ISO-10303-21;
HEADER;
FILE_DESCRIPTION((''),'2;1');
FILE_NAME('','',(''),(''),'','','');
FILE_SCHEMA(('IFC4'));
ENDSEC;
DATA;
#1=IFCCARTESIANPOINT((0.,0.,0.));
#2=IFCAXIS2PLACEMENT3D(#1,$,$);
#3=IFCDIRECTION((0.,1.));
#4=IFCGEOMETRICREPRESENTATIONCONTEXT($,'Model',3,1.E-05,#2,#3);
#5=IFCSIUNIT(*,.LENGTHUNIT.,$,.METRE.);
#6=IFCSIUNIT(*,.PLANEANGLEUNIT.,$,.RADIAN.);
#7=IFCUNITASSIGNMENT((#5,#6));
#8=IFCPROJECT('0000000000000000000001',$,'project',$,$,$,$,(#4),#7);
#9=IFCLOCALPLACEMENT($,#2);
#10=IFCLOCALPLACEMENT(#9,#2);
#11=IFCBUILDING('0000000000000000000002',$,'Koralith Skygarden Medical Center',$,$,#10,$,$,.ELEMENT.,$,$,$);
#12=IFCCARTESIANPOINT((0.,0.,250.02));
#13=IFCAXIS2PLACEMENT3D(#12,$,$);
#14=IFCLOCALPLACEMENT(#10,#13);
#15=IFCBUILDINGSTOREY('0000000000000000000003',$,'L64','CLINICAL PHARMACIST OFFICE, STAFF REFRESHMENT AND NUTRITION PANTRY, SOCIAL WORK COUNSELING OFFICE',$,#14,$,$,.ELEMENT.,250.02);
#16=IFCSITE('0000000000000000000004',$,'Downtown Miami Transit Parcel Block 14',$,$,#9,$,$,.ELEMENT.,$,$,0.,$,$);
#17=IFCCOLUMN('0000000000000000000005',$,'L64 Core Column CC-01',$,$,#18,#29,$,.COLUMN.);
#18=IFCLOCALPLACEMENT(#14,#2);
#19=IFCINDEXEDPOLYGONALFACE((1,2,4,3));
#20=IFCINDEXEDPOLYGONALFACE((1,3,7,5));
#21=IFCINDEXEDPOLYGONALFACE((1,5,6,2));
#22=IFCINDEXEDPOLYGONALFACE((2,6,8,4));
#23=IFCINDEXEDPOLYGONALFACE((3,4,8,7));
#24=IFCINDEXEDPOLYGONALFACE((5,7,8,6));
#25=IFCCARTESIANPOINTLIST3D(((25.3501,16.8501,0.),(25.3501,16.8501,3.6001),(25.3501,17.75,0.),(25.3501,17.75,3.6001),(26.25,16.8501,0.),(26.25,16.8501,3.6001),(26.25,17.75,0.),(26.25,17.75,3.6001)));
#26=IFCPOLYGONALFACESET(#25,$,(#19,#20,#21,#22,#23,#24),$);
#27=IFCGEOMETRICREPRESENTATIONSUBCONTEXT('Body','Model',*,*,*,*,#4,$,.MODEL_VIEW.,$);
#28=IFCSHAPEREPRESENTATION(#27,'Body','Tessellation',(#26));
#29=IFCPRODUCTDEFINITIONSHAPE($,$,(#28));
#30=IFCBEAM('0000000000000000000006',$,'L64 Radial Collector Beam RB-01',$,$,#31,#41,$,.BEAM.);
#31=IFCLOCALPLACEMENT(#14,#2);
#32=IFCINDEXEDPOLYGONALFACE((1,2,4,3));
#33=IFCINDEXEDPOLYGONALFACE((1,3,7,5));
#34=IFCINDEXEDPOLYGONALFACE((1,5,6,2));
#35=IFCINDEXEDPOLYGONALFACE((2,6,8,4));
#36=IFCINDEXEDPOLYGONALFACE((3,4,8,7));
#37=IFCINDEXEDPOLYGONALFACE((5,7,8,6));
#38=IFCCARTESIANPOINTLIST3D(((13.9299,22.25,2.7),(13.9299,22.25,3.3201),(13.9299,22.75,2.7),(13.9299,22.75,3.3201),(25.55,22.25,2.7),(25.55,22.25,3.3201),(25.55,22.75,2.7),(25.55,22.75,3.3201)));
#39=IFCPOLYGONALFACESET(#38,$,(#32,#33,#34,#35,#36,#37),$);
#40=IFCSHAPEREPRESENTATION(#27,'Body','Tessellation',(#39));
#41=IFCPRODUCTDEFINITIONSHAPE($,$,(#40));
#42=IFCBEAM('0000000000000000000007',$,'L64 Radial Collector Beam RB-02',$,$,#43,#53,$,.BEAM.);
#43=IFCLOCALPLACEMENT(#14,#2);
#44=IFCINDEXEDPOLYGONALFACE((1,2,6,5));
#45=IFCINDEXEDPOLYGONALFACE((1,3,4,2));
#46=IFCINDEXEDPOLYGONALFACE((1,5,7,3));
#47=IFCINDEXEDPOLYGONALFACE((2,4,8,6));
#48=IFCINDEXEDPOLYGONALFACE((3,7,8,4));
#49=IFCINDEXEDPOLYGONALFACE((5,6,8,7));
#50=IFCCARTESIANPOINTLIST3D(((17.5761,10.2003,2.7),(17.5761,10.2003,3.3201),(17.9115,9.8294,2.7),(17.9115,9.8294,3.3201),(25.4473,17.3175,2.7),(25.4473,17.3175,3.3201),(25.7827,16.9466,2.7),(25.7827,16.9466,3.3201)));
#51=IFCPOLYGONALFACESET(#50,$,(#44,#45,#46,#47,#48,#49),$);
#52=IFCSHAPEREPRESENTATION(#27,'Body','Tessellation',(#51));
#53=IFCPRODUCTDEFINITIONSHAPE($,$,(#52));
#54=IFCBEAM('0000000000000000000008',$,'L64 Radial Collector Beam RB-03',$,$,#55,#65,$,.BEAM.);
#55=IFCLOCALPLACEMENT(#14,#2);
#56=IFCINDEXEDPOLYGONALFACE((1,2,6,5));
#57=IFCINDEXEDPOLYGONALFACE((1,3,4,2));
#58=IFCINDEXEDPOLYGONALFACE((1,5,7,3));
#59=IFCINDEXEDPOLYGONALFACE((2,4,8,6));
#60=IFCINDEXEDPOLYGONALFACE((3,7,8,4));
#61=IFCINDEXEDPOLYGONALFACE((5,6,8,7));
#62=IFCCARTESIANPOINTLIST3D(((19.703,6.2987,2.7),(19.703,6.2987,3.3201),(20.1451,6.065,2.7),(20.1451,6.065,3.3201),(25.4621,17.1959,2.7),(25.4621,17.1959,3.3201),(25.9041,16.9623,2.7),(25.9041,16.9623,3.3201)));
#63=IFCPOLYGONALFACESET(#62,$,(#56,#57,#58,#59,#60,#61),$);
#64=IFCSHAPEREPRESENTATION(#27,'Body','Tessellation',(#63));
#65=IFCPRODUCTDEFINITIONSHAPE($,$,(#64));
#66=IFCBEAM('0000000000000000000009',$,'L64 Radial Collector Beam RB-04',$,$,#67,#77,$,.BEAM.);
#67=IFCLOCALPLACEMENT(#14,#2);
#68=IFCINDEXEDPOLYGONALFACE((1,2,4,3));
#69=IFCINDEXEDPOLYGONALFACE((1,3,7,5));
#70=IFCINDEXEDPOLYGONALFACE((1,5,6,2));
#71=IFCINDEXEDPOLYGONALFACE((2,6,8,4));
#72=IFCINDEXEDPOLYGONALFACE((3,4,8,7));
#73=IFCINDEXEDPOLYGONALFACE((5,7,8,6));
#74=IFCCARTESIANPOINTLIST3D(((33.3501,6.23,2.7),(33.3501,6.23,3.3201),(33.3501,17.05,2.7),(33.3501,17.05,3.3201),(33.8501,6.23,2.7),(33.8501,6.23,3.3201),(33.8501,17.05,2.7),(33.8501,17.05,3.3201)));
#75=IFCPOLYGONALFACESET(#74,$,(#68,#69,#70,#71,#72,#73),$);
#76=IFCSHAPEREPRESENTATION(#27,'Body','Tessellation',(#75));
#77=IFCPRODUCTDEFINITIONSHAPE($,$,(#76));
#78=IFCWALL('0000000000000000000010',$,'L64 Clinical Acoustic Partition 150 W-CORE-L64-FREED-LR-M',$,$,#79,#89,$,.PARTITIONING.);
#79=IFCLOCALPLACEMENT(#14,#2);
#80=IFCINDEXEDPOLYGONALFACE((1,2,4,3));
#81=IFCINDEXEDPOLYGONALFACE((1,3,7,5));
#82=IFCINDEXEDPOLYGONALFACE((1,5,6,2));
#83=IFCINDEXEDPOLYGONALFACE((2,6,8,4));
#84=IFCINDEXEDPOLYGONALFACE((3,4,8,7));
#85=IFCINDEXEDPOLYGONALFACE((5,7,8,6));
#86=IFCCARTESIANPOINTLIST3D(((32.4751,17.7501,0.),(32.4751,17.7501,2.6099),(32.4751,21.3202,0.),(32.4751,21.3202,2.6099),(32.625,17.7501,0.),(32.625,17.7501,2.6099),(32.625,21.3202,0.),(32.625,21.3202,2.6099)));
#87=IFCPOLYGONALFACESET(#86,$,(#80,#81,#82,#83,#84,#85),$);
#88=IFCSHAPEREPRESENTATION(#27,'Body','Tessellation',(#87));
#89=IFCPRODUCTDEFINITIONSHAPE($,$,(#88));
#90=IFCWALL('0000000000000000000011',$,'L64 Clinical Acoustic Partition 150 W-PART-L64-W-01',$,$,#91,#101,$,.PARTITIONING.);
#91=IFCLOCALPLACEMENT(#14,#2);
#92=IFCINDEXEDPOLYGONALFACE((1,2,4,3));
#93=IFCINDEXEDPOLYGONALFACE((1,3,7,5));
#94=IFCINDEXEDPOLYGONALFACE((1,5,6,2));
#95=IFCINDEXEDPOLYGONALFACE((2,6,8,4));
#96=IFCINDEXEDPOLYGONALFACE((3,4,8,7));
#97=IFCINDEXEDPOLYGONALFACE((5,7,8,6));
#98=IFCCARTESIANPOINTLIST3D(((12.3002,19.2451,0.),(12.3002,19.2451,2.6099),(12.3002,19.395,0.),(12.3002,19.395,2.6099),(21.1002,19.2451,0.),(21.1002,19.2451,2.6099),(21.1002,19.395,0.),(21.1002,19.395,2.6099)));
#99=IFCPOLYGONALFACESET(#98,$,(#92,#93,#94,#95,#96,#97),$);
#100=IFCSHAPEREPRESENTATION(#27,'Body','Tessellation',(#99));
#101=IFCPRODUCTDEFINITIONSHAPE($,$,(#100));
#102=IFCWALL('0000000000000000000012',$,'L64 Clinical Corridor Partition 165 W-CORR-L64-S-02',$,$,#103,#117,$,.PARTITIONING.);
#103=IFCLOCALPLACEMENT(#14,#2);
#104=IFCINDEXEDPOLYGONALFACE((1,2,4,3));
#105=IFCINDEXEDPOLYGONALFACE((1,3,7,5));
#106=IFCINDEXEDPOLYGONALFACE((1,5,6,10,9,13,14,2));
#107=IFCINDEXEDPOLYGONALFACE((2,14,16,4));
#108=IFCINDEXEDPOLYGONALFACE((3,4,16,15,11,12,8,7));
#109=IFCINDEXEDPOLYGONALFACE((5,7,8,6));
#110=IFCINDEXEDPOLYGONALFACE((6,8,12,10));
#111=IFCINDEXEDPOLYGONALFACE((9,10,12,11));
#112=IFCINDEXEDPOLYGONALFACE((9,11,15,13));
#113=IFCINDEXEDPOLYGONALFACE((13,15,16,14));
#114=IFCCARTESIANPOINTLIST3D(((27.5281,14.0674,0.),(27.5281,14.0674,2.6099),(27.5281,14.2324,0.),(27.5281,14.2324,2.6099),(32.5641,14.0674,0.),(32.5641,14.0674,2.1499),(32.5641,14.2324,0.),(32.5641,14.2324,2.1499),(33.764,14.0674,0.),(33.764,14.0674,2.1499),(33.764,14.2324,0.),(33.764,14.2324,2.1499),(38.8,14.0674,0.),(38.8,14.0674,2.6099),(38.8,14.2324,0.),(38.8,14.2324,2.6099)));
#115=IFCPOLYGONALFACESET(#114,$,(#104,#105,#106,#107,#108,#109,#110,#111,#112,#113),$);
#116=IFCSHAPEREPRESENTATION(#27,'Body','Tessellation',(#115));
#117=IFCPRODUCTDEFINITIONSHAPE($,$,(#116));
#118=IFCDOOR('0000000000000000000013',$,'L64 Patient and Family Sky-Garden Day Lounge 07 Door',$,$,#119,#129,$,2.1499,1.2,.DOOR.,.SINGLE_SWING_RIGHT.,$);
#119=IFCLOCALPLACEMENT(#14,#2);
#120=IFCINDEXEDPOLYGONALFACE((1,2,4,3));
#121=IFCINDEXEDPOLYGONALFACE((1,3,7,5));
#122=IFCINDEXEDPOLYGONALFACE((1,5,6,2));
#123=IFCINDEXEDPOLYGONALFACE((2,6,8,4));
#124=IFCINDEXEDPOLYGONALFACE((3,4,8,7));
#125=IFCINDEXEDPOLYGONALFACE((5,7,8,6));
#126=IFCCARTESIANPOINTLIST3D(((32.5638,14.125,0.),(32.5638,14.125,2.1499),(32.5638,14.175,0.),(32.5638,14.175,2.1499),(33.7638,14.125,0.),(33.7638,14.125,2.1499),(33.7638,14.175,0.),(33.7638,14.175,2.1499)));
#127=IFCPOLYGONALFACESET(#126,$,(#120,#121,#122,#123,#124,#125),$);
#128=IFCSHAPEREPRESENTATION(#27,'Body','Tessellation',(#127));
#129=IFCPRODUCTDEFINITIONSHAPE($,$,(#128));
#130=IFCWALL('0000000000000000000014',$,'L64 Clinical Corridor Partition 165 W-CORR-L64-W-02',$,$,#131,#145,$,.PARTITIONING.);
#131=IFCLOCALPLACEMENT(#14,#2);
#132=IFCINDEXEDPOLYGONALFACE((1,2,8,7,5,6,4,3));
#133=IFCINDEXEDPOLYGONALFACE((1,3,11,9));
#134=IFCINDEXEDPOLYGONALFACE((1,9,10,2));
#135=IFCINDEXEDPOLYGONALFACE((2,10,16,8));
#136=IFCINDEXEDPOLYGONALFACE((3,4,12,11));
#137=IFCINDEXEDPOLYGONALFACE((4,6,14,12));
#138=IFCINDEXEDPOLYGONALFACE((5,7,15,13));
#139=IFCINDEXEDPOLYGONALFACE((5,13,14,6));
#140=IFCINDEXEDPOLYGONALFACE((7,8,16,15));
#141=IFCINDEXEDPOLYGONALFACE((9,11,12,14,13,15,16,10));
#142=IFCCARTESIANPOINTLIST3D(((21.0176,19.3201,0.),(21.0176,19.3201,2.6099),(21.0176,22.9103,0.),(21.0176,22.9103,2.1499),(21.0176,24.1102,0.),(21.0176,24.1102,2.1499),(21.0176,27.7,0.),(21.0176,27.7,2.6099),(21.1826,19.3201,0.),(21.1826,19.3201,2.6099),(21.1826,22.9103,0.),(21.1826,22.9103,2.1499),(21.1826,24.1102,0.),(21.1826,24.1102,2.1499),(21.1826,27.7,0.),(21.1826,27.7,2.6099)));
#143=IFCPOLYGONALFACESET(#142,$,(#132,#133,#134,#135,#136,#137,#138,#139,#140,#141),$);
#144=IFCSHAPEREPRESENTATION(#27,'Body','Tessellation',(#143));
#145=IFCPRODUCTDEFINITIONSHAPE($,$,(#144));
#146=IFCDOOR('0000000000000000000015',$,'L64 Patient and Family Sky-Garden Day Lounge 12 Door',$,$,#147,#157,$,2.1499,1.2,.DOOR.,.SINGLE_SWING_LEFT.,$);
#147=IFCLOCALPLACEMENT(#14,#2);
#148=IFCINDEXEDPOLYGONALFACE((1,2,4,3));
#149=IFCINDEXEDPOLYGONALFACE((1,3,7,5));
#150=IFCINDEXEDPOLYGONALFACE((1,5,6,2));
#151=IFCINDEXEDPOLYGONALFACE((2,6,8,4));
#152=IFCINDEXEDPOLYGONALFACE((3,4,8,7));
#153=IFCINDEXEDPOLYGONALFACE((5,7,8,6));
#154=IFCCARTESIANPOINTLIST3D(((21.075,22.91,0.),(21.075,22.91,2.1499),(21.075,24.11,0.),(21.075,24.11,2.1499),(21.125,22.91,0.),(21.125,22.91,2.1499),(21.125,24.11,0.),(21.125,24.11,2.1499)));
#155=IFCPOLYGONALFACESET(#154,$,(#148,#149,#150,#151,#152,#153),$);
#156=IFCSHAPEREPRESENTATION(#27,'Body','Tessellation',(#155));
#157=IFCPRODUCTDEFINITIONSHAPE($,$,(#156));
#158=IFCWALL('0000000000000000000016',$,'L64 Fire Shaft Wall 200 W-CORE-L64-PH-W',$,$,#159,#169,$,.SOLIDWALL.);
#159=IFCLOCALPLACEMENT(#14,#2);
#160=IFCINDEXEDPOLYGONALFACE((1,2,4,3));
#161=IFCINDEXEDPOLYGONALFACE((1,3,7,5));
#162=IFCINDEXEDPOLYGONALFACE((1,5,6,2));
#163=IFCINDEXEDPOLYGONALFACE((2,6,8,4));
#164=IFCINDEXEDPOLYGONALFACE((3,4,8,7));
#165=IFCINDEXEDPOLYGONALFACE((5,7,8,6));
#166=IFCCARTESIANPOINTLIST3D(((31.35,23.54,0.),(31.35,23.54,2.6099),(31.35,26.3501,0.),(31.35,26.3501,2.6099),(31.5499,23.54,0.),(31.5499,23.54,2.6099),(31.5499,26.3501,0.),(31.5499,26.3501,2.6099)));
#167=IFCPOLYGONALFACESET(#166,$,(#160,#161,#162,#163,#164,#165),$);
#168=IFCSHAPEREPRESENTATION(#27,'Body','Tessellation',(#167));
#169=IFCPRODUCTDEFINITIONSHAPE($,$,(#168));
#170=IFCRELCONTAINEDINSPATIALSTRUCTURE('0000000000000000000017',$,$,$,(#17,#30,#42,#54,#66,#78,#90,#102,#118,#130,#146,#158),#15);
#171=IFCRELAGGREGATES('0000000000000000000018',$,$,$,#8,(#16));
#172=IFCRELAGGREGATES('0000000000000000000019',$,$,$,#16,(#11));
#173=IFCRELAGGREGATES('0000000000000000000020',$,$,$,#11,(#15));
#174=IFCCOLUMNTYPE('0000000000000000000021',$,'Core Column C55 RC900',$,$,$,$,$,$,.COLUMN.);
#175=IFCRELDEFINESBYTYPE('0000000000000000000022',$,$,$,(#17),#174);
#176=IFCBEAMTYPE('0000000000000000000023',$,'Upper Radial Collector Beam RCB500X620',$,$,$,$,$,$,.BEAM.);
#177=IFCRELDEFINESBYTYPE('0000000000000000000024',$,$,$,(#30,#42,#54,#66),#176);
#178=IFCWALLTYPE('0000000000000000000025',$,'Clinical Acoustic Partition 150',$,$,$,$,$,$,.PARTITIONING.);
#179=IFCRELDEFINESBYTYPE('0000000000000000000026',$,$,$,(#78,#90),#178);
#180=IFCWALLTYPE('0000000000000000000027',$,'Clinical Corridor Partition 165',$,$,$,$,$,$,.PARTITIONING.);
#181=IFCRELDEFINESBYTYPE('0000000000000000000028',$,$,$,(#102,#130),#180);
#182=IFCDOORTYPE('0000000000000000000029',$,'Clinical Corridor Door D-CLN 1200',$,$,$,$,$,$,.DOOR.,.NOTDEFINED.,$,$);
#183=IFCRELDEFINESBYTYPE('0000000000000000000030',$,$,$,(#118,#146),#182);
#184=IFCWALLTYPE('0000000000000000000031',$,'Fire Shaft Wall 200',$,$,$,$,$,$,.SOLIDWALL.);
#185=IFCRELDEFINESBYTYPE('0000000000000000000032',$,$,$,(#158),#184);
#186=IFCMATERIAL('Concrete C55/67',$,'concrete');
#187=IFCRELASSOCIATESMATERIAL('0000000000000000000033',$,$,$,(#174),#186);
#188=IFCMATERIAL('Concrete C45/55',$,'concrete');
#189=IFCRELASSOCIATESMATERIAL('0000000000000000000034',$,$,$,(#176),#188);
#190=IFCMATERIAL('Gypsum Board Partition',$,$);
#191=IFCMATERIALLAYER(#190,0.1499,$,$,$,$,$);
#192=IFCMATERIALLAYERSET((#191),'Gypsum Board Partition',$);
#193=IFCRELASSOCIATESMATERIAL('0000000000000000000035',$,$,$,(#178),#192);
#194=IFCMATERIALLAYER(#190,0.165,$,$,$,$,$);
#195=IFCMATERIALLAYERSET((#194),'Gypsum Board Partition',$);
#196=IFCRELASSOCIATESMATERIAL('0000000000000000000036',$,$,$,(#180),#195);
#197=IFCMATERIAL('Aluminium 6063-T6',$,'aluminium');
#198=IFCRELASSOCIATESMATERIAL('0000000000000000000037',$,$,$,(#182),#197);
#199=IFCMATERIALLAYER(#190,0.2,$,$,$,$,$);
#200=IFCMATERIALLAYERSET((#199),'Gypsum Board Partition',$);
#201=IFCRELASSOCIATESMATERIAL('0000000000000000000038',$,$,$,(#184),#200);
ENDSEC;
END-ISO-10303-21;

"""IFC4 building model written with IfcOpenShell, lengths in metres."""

from ifc_helpers import new_model, si_unit, direction, frame, frame_2d, origin, origin_2d, place, context, subcontext, project, spatial, rectangle, extrude, material, layer, layer_set, material_profile, profile_set, type_object, element, fill, save


model = new_model("IFC4")

# Units and contexts
model_context = context("Model", 3, precision=1e-05, world=origin(), true_north=direction((0.0, 1.0)))
body_context = subcontext(model_context, "Body", "Model", "MODEL_VIEW")
ifc_project = project(units=[si_unit("LENGTHUNIT", "METRE"), si_unit("PLANEANGLEUNIT", "RADIAN")], contexts=[model_context])

# Site, building, storey
site_placement = place(None, origin())
site = spatial("IfcSite", under=ifc_project, at=site_placement, Name="Downtown Miami Transit Parcel Block 14", CompositionType="ELEMENT", RefElevation=0.0)
building_placement = place(site_placement, origin())
building = spatial("IfcBuilding", under=site, at=building_placement, Name="Koralith Skygarden Medical Center", CompositionType="ELEMENT")
storey_placement = place(building_placement, frame((0.0, 0.0, 250.02)))
storey = spatial("IfcBuildingStorey", under=building, at=storey_placement, Name="L64", Description="CLINICAL PHARMACIST OFFICE, STAFF REFRESHMENT AND NUTRITION PANTRY, SOCIAL WORK COUNSELING OFFICE", CompositionType="ELEMENT", Elevation=250.02)

# Column
ifc_material_1 = material(Name="Concrete C55/67", Category="concrete")
ifc_material_profile_1 = material_profile(ifc_material_1, rectangle(XDim=0.8999, YDim=0.8999, at=origin_2d()), Name="RC900X900")
ifc_profile_set_1 = profile_set([ifc_material_profile_1], Name="Concrete C55/67")
column_type = type_object("IfcColumnType", Name="Core Column C55 RC900", PredefinedType="COLUMN", material=ifc_profile_set_1)
column_placement = place(storey_placement, frame((25.8, 17.3, 0.0), z_axis=(0.0, 0.0, 1.0), x_axis=(1.0, 0.0, 0.0)))
element("IfcColumn", 1, at=column_placement, inside=storey, type_object=column_type, Name="L64 Core Column CC-01", PredefinedType="COLUMN", context=body_context, shape_type="SweptSolid", body=[
    extrude(rectangle(XDim=0.8999, YDim=0.8999, at=origin_2d()), origin(), (0.0, 0.0, 1.0), 3.6001),
])

# Beams
ifc_material_2 = material(Name="Concrete C45/55", Category="concrete")
ifc_material_profile_2 = material_profile(ifc_material_2, rectangle(XDim=0.5, YDim=0.6201, at=origin_2d()), Name="RCB500X620")
ifc_profile_set_2 = profile_set([ifc_material_profile_2], Name="Concrete C45/55")
beam_type = type_object("IfcBeamType", Name="Upper Radial Collector Beam RCB500X620", PredefinedType="BEAM", material=ifc_profile_set_2)
beam_1_placement = place(storey_placement, frame((25.55, 22.5, 3.01), z_axis=(-1.0, 0.0, 0.0), x_axis=(0.0, -1.0, 0.0)))
element("IfcBeam", 2, at=beam_1_placement, inside=storey, type_object=beam_type, Name="L64 Radial Collector Beam RB-01", PredefinedType="BEAM", context=body_context, shape_type="SweptSolid", body=[
    extrude(rectangle(XDim=0.5, YDim=0.6201, at=origin_2d()), origin(), (0.0, 0.0, 1.0), 11.6201),
])
beam_2_placement = place(storey_placement, frame((25.615, 17.1321, 3.01), z_axis=(-0.741736, -0.670692, 0.0), x_axis=(0.670692, -0.741736, 0.0)))
element("IfcBeam", 3, at=beam_2_placement, inside=storey, type_object=beam_type, Name="L64 Radial Collector Beam RB-02", PredefinedType="BEAM", context=body_context, shape_type="SweptSolid", body=[
    extrude(rectangle(XDim=0.5, YDim=0.6201, at=origin_2d()), origin(), (0.0, 0.0, 1.0), 10.6118),
])
beam_3_placement = place(storey_placement, frame((25.6831, 17.0791, 3.01), z_axis=(-0.467249, -0.884126, 0.0), x_axis=(0.884126, -0.467249, 0.0)))
element("IfcBeam", 4, at=beam_3_placement, inside=storey, type_object=beam_type, Name="L64 Radial Collector Beam RB-03", PredefinedType="BEAM", context=body_context, shape_type="SweptSolid", body=[
    extrude(rectangle(XDim=0.5, YDim=0.6201, at=origin_2d()), origin(), (0.0, 0.0, 1.0), 12.3254),
])
beam_4_placement = place(storey_placement, frame((33.6001, 17.05, 3.01), z_axis=(0.0, -1.0, 0.0), x_axis=(1.0, 0.0, 0.0)))
element("IfcBeam", 5, at=beam_4_placement, inside=storey, type_object=beam_type, Name="L64 Radial Collector Beam RB-04", PredefinedType="BEAM", context=body_context, shape_type="SweptSolid", body=[
    extrude(rectangle(XDim=0.5, YDim=0.6201, at=origin_2d()), origin(), (0.0, 0.0, 1.0), 10.8201),
])

# Shared definitions
ifc_material_3 = material(Name="Gypsum Board Partition")
ifc_layer_1 = layer(ifc_material_3, 0.1499)
ifc_layer_set_1 = layer_set([ifc_layer_1], Name="Gypsum Board Partition")
wall_type_1 = type_object("IfcWallType", Name="Clinical Acoustic Partition 150", PredefinedType="PARTITIONING", material=ifc_layer_set_1)
ifc_material_4 = material(Name="Aluminium 6063-T6", Category="aluminium")

# Walls
wall_1_placement = place(storey_placement, frame((32.55, 17.75, 0.0), z_axis=(0.0, 0.0, 1.0), x_axis=(0.0, 1.0, 0.0)))
element("IfcWall", 6, at=wall_1_placement, inside=storey, type_object=wall_type_1, Name="L64 Clinical Acoustic Partition 150 W-CORE-L64-FREED-LR-M", PredefinedType="PARTITIONING", context=body_context, shape_type="SweptSolid", body=[
    extrude(rectangle(XDim=3.5701, YDim=0.1499, at=frame_2d((1.7852, 0.0))), origin(), (0.0, 0.0, 1.0), 2.6099),
])
wall_2_placement = place(storey_placement, frame((21.1001, 19.3201, 0.0), z_axis=(0.0, 0.0, 1.0), x_axis=(-1.0, 0.0, 0.0)))
element("IfcWall", 7, at=wall_2_placement, inside=storey, type_object=wall_type_1, Name="L64 Clinical Acoustic Partition 150 W-PART-L64-W-01", PredefinedType="PARTITIONING", context=body_context, shape_type="SweptSolid", body=[
    extrude(rectangle(XDim=8.8, YDim=0.1499, at=frame_2d((4.3999, 0.0))), origin(), (0.0, 0.0, 1.0), 2.6099),
])

# Walls, openings, doors
ifc_layer_2 = layer(ifc_material_3, 0.165)
ifc_layer_set_2 = layer_set([ifc_layer_2], Name="Gypsum Board Partition")
wall_type_2 = type_object("IfcWallType", Name="Clinical Corridor Partition 165", PredefinedType="PARTITIONING", material=ifc_layer_set_2)
wall_3_placement = place(storey_placement, frame((27.5281, 14.1499, 0.0), z_axis=(0.0, 0.0, 1.0), x_axis=(1.0, 0.0, 0.0)))
wall_3 = element("IfcWall", 8, at=wall_3_placement, inside=storey, type_object=wall_type_2, Name="L64 Clinical Corridor Partition 165 W-CORR-L64-S-02", PredefinedType="PARTITIONING", context=body_context, shape_type="SweptSolid", body=[
    extrude(rectangle(XDim=11.272, YDim=0.165, at=frame_2d((5.636, 0.0))), origin(), (0.0, 0.0, 1.0), 2.6099),
])
opening_1_placement = place(wall_3_placement, frame((5.0359, 0.0, 0.0)))
opening_1 = element("IfcOpeningElement", 9, at=opening_1_placement, cuts=wall_3, PredefinedType="OPENING", context=body_context, shape_type="SweptSolid", body=[
    extrude(rectangle(XDim=1.2, YDim=2.1499, at=frame_2d((0.6001, 1.075))), frame((0.0, 0.0925, 0.0), z_axis=(0.0, -1.0, 0.0), x_axis=(1.0, 0.0, 0.0)), (0.0, 0.0, 1.0), 0.1851),
])
door_type_1 = type_object("IfcDoorType", Name="Clinical Corridor Door D-CLN 1200", OperationType="NOTDEFINED", PredefinedType="DOOR", material=ifc_material_4)
door_1_placement = place(opening_1_placement, frame((1.2, 0.0, 0.0), z_axis=(0.0, 0.0, 1.0), x_axis=(-1.0, 0.0, 0.0)))
door_1 = element("IfcDoor", 10, at=door_1_placement, inside=storey, type_object=door_type_1, Name="L64 Patient and Family Sky-Garden Day Lounge 07 Door", OperationType="SINGLE_SWING_RIGHT", OverallHeight=2.1499, OverallWidth=1.2, PredefinedType="DOOR", context=body_context, shape_type="SweptSolid", body=[
    extrude(rectangle(XDim=1.2, YDim=2.1499, at=frame_2d((0.6001, 1.075))), frame((0.0, 0.0249, 0.0), z_axis=(0.0, -1.0, 0.0), x_axis=(1.0, 0.0, 0.0)), (0.0, 0.0, 1.0), 0.05),
])
fill(opening_1, door_1)
wall_4_placement = place(storey_placement, frame((21.1001, 19.3201, 0.0), z_axis=(0.0, 0.0, 1.0), x_axis=(0.0, 1.0, 0.0)))
wall_4 = element("IfcWall", 11, at=wall_4_placement, inside=storey, type_object=wall_type_2, Name="L64 Clinical Corridor Partition 165 W-CORR-L64-W-02", PredefinedType="PARTITIONING", context=body_context, shape_type="SweptSolid", body=[
    extrude(rectangle(XDim=8.3799, YDim=0.165, at=frame_2d((4.1899, 0.0))), origin(), (0.0, 0.0, 1.0), 2.6099),
])
opening_2_placement = place(wall_4_placement, frame((3.5901, 0.0, 0.0)))
opening_2 = element("IfcOpeningElement", 12, at=opening_2_placement, cuts=wall_4, PredefinedType="OPENING", context=body_context, shape_type="SweptSolid", body=[
    extrude(rectangle(XDim=1.2, YDim=2.1499, at=frame_2d((0.6001, 1.075))), frame((0.0, 0.0925, 0.0), z_axis=(0.0, -1.0, 0.0), x_axis=(1.0, 0.0, 0.0)), (0.0, 0.0, 1.0), 0.1851),
])
door_2_placement = place(opening_2_placement, frame((1.2, 0.0, 0.0), z_axis=(0.0, 0.0, 1.0), x_axis=(-1.0, 0.0, 0.0)))
door_2 = element("IfcDoor", 13, at=door_2_placement, inside=storey, type_object=door_type_1, Name="L64 Patient and Family Sky-Garden Day Lounge 12 Door", OperationType="SINGLE_SWING_LEFT", OverallHeight=2.1499, OverallWidth=1.2, PredefinedType="DOOR", context=body_context, shape_type="SweptSolid", body=[
    extrude(rectangle(XDim=1.2, YDim=2.1499, at=frame_2d((0.6001, 1.075))), frame((0.0, 0.0249, 0.0), z_axis=(0.0, -1.0, 0.0), x_axis=(1.0, 0.0, 0.0)), (0.0, 0.0, 1.0), 0.05),
])
fill(opening_2, door_2)
ifc_layer_3 = layer(ifc_material_3, 0.2)
ifc_layer_set_3 = layer_set([ifc_layer_3], Name="Gypsum Board Partition")
wall_type_3 = type_object("IfcWallType", Name="Fire Shaft Wall 200", PredefinedType="SOLIDWALL", material=ifc_layer_set_3)

# Wall
wall_5_placement = place(storey_placement, frame((31.45, 23.54, 0.0), z_axis=(0.0, 0.0, 1.0), x_axis=(0.0, 1.0, 0.0)))
element("IfcWall", 14, at=wall_5_placement, inside=storey, type_object=wall_type_3, Name="L64 Fire Shaft Wall 200 W-CORE-L64-PH-W", PredefinedType="SOLIDWALL", context=body_context, shape_type="SweptSolid", body=[
    extrude(rectangle(XDim=2.8101, YDim=0.2, at=frame_2d((1.405, 0.0))), origin(), (0.0, 0.0, 1.0), 2.6099),
])

save(model, "model.ifc")
